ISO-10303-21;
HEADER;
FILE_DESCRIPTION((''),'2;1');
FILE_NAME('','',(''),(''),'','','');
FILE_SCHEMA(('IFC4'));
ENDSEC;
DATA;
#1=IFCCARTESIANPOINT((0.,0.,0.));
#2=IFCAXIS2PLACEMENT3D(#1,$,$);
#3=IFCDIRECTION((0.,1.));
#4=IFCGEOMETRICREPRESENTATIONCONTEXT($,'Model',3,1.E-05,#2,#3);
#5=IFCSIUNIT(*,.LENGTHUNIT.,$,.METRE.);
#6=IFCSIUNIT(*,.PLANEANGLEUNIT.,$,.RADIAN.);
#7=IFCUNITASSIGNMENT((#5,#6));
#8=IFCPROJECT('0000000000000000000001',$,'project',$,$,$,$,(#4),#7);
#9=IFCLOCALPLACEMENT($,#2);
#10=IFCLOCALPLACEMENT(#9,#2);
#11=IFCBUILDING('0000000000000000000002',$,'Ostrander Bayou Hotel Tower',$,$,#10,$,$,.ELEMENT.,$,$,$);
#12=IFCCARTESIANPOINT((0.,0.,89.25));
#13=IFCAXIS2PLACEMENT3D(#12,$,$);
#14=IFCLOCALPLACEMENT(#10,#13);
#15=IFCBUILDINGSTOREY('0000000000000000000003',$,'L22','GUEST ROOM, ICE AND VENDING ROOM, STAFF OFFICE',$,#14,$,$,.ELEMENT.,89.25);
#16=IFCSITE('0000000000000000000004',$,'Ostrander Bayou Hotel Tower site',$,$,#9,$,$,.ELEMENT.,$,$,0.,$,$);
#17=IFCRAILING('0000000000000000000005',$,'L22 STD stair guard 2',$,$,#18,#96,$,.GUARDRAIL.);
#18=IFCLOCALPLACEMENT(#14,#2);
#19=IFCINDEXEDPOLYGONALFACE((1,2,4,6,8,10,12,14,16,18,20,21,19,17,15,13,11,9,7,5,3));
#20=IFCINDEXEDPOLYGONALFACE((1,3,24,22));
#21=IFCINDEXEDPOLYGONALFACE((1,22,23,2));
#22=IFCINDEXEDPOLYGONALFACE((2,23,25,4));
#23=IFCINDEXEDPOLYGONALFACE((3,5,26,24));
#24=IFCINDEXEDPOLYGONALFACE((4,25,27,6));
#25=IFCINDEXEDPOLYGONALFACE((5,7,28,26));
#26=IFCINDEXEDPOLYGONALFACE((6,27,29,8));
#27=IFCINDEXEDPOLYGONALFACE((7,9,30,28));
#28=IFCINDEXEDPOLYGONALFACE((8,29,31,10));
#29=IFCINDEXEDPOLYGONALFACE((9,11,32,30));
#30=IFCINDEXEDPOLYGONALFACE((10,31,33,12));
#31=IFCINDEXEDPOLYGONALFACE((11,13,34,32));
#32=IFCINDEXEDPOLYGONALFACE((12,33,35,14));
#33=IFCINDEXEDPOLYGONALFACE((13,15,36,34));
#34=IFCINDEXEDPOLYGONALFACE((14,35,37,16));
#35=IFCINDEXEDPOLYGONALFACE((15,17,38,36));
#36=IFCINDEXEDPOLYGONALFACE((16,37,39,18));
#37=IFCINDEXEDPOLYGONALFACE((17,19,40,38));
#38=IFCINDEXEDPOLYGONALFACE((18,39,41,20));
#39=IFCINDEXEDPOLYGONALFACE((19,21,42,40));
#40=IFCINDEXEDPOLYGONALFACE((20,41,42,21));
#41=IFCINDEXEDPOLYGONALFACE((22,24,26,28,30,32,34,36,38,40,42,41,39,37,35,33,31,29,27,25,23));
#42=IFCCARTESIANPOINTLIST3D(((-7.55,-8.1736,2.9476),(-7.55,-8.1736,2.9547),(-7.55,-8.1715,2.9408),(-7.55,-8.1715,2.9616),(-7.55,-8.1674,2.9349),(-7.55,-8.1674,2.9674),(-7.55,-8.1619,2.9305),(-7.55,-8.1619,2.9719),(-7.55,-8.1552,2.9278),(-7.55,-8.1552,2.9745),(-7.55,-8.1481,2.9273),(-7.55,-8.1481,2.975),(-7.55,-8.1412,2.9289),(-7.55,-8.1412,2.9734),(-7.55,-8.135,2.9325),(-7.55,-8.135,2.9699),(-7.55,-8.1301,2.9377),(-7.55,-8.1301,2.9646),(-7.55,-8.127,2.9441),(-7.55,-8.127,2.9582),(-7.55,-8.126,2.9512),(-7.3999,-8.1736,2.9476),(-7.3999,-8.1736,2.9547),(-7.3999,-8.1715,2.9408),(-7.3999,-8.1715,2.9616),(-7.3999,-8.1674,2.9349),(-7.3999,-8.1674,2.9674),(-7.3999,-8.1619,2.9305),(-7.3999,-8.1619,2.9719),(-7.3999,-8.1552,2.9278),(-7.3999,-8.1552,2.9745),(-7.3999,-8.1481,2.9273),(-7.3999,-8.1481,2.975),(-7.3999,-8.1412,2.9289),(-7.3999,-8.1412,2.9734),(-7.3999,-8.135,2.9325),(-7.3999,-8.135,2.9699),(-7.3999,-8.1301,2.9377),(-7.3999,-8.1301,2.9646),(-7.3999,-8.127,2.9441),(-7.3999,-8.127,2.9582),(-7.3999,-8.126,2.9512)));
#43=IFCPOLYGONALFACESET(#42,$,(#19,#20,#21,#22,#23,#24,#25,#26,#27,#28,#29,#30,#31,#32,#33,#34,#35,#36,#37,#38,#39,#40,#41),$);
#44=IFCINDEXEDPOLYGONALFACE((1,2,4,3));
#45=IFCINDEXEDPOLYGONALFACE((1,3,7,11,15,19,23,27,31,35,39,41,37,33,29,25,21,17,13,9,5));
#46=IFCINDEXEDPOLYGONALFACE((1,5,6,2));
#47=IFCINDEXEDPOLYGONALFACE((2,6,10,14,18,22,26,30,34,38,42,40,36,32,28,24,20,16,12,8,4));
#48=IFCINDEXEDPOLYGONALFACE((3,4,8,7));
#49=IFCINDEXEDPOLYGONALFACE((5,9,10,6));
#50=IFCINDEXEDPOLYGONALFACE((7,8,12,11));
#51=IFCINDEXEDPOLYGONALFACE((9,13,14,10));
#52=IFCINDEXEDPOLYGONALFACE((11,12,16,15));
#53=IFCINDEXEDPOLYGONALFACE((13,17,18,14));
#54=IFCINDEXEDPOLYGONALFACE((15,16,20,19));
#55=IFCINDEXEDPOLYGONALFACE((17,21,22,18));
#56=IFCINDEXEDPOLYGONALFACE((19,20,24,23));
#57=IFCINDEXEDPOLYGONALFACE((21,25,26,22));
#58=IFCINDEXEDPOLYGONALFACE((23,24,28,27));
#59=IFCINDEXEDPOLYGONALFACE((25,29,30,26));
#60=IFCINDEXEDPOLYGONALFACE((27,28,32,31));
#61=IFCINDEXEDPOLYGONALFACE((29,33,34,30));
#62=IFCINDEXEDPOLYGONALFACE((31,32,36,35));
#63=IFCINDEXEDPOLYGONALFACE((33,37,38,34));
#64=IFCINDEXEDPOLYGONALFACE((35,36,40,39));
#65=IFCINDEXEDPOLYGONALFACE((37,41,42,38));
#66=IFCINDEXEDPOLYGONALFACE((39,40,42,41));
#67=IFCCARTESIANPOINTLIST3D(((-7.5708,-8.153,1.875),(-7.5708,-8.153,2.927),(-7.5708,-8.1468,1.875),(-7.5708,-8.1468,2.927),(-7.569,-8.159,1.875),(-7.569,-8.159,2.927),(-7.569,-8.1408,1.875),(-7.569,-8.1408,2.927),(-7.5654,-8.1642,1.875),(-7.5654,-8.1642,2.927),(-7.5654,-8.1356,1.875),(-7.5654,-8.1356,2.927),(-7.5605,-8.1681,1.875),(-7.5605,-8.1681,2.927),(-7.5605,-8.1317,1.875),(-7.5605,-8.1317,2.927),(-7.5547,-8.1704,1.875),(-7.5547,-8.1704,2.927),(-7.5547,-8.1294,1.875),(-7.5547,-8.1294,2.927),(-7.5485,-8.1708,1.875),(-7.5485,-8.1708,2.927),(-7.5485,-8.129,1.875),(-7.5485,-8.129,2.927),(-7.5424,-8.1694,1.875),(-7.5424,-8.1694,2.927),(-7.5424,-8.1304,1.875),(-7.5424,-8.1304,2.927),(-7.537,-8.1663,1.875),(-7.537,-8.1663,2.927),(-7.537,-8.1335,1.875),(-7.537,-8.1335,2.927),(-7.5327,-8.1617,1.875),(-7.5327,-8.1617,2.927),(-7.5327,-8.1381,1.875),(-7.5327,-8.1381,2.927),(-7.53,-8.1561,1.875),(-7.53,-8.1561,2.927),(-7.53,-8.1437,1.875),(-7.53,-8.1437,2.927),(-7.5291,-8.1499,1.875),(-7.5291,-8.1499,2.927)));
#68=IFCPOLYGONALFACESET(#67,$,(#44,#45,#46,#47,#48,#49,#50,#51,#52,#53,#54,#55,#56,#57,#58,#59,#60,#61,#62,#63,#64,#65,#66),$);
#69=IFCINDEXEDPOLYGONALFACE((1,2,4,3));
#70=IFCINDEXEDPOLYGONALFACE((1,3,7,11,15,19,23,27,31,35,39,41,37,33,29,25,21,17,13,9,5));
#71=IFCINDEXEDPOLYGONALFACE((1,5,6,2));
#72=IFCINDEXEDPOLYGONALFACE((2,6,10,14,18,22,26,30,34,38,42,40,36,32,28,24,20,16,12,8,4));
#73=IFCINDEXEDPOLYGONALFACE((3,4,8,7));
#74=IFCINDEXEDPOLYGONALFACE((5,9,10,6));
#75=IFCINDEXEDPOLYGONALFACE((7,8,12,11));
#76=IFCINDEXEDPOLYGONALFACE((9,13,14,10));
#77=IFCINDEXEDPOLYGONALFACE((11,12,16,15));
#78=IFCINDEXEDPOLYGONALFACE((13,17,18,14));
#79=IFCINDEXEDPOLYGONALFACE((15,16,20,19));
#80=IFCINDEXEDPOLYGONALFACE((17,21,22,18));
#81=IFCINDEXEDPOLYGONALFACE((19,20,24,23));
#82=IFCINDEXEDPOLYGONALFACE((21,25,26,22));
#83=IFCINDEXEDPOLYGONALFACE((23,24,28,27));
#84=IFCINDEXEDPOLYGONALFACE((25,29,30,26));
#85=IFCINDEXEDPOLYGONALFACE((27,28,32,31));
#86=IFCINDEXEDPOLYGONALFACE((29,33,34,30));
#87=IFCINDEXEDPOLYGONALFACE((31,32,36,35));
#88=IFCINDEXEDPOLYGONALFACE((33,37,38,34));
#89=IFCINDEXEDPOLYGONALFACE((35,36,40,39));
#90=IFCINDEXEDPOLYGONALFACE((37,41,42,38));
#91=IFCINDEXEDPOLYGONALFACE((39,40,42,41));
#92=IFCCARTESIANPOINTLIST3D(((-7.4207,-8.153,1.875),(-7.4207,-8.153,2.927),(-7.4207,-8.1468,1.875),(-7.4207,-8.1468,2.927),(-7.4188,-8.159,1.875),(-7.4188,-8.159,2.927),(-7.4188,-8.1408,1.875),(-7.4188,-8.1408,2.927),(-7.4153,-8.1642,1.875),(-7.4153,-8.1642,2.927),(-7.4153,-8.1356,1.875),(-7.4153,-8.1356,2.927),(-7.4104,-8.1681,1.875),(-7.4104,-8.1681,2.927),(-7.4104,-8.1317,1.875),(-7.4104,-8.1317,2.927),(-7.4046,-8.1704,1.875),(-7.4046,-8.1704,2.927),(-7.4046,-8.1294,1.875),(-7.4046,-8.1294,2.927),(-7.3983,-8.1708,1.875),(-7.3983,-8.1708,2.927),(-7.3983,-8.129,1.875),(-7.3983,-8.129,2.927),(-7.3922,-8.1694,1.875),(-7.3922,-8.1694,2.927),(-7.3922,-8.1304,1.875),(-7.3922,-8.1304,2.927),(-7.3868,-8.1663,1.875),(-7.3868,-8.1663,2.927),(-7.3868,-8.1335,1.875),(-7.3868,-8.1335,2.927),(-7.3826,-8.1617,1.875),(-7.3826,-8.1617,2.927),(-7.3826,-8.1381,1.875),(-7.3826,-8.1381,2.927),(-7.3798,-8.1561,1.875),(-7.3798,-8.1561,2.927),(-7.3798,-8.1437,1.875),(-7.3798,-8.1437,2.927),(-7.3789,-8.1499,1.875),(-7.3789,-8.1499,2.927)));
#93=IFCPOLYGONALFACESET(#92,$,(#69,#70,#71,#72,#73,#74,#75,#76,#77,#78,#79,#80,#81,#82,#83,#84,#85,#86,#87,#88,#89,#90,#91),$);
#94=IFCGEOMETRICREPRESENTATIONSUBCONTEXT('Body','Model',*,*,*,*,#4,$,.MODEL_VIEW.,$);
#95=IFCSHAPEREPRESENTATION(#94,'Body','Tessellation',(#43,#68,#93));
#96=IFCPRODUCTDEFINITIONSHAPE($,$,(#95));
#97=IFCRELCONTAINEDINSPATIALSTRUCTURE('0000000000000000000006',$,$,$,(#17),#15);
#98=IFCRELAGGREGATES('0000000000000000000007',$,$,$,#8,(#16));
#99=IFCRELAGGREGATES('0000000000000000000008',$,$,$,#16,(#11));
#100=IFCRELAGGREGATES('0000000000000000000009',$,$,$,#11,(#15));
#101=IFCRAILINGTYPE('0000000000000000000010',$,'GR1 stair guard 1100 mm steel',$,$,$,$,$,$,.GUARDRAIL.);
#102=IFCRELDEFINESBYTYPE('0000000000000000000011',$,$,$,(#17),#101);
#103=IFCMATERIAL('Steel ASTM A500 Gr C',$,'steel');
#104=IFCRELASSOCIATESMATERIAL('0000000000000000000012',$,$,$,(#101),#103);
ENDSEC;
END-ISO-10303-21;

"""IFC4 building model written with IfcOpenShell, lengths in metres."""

from ifc_helpers import new_model, si_unit, direction, frame, origin, origin_2d, place, context, subcontext, project, spatial, circle, extrude, material, type_object, element, save


model = new_model("IFC4")

# Units and contexts
model_context = context("Model", 3, precision=1e-05, world=origin(), true_north=direction((0.0, 1.0)))
body_context = subcontext(model_context, "Body", "Model", "MODEL_VIEW")
ifc_project = project(units=[si_unit("LENGTHUNIT", "METRE"), si_unit("PLANEANGLEUNIT", "RADIAN")], contexts=[model_context])

# Site, building, storey
site_placement = place(None, origin())
site = spatial("IfcSite", under=ifc_project, at=site_placement, Name="Ostrander Bayou Hotel Tower site", CompositionType="ELEMENT", RefElevation=0.0)
building_placement = place(site_placement, origin())
building = spatial("IfcBuilding", under=site, at=building_placement, Name="Ostrander Bayou Hotel Tower", CompositionType="ELEMENT")
storey_placement = place(building_placement, frame((0.0, 0.0, 89.25)))
storey = spatial("IfcBuildingStorey", under=building, at=storey_placement, Name="L22", Description="GUEST ROOM, ICE AND VENDING ROOM, STAFF OFFICE", CompositionType="ELEMENT", Elevation=89.25)

# Railing
ifc_material_1 = material(Name="Steel ASTM A500 Gr C", Category="steel")
railing_type_1 = type_object("IfcRailingType", Name="GR1 stair guard 1100 mm steel", PredefinedType="GUARDRAIL", material=ifc_material_1)
railing_1_placement = place(storey_placement, frame((-7.55, -8.1499, 1.875)))
element("IfcRailing", 1, at=railing_1_placement, inside=storey, type_object=railing_type_1, Name="L22 STD stair guard 2", PredefinedType="GUARDRAIL", context=body_context, shape_type="SweptSolid", body=[
    extrude(circle(Radius=0.0239, at=origin_2d()), frame((0.0, 0.0, 1.0762), z_axis=(1.0, 0.0, 0.0), x_axis=(0.0, 1.0, 0.0)), (0.0, 0.0, 1.0), 0.1501),
    extrude(circle(Radius=0.021, at=origin_2d()), origin(), (0.0, 0.0, 1.0), 1.052),
    extrude(circle(Radius=0.021, at=origin_2d()), frame((0.1501, 0.0, 0.0)), (0.0, 0.0, 1.0), 1.052),
])

save(model, "model.ifc")
